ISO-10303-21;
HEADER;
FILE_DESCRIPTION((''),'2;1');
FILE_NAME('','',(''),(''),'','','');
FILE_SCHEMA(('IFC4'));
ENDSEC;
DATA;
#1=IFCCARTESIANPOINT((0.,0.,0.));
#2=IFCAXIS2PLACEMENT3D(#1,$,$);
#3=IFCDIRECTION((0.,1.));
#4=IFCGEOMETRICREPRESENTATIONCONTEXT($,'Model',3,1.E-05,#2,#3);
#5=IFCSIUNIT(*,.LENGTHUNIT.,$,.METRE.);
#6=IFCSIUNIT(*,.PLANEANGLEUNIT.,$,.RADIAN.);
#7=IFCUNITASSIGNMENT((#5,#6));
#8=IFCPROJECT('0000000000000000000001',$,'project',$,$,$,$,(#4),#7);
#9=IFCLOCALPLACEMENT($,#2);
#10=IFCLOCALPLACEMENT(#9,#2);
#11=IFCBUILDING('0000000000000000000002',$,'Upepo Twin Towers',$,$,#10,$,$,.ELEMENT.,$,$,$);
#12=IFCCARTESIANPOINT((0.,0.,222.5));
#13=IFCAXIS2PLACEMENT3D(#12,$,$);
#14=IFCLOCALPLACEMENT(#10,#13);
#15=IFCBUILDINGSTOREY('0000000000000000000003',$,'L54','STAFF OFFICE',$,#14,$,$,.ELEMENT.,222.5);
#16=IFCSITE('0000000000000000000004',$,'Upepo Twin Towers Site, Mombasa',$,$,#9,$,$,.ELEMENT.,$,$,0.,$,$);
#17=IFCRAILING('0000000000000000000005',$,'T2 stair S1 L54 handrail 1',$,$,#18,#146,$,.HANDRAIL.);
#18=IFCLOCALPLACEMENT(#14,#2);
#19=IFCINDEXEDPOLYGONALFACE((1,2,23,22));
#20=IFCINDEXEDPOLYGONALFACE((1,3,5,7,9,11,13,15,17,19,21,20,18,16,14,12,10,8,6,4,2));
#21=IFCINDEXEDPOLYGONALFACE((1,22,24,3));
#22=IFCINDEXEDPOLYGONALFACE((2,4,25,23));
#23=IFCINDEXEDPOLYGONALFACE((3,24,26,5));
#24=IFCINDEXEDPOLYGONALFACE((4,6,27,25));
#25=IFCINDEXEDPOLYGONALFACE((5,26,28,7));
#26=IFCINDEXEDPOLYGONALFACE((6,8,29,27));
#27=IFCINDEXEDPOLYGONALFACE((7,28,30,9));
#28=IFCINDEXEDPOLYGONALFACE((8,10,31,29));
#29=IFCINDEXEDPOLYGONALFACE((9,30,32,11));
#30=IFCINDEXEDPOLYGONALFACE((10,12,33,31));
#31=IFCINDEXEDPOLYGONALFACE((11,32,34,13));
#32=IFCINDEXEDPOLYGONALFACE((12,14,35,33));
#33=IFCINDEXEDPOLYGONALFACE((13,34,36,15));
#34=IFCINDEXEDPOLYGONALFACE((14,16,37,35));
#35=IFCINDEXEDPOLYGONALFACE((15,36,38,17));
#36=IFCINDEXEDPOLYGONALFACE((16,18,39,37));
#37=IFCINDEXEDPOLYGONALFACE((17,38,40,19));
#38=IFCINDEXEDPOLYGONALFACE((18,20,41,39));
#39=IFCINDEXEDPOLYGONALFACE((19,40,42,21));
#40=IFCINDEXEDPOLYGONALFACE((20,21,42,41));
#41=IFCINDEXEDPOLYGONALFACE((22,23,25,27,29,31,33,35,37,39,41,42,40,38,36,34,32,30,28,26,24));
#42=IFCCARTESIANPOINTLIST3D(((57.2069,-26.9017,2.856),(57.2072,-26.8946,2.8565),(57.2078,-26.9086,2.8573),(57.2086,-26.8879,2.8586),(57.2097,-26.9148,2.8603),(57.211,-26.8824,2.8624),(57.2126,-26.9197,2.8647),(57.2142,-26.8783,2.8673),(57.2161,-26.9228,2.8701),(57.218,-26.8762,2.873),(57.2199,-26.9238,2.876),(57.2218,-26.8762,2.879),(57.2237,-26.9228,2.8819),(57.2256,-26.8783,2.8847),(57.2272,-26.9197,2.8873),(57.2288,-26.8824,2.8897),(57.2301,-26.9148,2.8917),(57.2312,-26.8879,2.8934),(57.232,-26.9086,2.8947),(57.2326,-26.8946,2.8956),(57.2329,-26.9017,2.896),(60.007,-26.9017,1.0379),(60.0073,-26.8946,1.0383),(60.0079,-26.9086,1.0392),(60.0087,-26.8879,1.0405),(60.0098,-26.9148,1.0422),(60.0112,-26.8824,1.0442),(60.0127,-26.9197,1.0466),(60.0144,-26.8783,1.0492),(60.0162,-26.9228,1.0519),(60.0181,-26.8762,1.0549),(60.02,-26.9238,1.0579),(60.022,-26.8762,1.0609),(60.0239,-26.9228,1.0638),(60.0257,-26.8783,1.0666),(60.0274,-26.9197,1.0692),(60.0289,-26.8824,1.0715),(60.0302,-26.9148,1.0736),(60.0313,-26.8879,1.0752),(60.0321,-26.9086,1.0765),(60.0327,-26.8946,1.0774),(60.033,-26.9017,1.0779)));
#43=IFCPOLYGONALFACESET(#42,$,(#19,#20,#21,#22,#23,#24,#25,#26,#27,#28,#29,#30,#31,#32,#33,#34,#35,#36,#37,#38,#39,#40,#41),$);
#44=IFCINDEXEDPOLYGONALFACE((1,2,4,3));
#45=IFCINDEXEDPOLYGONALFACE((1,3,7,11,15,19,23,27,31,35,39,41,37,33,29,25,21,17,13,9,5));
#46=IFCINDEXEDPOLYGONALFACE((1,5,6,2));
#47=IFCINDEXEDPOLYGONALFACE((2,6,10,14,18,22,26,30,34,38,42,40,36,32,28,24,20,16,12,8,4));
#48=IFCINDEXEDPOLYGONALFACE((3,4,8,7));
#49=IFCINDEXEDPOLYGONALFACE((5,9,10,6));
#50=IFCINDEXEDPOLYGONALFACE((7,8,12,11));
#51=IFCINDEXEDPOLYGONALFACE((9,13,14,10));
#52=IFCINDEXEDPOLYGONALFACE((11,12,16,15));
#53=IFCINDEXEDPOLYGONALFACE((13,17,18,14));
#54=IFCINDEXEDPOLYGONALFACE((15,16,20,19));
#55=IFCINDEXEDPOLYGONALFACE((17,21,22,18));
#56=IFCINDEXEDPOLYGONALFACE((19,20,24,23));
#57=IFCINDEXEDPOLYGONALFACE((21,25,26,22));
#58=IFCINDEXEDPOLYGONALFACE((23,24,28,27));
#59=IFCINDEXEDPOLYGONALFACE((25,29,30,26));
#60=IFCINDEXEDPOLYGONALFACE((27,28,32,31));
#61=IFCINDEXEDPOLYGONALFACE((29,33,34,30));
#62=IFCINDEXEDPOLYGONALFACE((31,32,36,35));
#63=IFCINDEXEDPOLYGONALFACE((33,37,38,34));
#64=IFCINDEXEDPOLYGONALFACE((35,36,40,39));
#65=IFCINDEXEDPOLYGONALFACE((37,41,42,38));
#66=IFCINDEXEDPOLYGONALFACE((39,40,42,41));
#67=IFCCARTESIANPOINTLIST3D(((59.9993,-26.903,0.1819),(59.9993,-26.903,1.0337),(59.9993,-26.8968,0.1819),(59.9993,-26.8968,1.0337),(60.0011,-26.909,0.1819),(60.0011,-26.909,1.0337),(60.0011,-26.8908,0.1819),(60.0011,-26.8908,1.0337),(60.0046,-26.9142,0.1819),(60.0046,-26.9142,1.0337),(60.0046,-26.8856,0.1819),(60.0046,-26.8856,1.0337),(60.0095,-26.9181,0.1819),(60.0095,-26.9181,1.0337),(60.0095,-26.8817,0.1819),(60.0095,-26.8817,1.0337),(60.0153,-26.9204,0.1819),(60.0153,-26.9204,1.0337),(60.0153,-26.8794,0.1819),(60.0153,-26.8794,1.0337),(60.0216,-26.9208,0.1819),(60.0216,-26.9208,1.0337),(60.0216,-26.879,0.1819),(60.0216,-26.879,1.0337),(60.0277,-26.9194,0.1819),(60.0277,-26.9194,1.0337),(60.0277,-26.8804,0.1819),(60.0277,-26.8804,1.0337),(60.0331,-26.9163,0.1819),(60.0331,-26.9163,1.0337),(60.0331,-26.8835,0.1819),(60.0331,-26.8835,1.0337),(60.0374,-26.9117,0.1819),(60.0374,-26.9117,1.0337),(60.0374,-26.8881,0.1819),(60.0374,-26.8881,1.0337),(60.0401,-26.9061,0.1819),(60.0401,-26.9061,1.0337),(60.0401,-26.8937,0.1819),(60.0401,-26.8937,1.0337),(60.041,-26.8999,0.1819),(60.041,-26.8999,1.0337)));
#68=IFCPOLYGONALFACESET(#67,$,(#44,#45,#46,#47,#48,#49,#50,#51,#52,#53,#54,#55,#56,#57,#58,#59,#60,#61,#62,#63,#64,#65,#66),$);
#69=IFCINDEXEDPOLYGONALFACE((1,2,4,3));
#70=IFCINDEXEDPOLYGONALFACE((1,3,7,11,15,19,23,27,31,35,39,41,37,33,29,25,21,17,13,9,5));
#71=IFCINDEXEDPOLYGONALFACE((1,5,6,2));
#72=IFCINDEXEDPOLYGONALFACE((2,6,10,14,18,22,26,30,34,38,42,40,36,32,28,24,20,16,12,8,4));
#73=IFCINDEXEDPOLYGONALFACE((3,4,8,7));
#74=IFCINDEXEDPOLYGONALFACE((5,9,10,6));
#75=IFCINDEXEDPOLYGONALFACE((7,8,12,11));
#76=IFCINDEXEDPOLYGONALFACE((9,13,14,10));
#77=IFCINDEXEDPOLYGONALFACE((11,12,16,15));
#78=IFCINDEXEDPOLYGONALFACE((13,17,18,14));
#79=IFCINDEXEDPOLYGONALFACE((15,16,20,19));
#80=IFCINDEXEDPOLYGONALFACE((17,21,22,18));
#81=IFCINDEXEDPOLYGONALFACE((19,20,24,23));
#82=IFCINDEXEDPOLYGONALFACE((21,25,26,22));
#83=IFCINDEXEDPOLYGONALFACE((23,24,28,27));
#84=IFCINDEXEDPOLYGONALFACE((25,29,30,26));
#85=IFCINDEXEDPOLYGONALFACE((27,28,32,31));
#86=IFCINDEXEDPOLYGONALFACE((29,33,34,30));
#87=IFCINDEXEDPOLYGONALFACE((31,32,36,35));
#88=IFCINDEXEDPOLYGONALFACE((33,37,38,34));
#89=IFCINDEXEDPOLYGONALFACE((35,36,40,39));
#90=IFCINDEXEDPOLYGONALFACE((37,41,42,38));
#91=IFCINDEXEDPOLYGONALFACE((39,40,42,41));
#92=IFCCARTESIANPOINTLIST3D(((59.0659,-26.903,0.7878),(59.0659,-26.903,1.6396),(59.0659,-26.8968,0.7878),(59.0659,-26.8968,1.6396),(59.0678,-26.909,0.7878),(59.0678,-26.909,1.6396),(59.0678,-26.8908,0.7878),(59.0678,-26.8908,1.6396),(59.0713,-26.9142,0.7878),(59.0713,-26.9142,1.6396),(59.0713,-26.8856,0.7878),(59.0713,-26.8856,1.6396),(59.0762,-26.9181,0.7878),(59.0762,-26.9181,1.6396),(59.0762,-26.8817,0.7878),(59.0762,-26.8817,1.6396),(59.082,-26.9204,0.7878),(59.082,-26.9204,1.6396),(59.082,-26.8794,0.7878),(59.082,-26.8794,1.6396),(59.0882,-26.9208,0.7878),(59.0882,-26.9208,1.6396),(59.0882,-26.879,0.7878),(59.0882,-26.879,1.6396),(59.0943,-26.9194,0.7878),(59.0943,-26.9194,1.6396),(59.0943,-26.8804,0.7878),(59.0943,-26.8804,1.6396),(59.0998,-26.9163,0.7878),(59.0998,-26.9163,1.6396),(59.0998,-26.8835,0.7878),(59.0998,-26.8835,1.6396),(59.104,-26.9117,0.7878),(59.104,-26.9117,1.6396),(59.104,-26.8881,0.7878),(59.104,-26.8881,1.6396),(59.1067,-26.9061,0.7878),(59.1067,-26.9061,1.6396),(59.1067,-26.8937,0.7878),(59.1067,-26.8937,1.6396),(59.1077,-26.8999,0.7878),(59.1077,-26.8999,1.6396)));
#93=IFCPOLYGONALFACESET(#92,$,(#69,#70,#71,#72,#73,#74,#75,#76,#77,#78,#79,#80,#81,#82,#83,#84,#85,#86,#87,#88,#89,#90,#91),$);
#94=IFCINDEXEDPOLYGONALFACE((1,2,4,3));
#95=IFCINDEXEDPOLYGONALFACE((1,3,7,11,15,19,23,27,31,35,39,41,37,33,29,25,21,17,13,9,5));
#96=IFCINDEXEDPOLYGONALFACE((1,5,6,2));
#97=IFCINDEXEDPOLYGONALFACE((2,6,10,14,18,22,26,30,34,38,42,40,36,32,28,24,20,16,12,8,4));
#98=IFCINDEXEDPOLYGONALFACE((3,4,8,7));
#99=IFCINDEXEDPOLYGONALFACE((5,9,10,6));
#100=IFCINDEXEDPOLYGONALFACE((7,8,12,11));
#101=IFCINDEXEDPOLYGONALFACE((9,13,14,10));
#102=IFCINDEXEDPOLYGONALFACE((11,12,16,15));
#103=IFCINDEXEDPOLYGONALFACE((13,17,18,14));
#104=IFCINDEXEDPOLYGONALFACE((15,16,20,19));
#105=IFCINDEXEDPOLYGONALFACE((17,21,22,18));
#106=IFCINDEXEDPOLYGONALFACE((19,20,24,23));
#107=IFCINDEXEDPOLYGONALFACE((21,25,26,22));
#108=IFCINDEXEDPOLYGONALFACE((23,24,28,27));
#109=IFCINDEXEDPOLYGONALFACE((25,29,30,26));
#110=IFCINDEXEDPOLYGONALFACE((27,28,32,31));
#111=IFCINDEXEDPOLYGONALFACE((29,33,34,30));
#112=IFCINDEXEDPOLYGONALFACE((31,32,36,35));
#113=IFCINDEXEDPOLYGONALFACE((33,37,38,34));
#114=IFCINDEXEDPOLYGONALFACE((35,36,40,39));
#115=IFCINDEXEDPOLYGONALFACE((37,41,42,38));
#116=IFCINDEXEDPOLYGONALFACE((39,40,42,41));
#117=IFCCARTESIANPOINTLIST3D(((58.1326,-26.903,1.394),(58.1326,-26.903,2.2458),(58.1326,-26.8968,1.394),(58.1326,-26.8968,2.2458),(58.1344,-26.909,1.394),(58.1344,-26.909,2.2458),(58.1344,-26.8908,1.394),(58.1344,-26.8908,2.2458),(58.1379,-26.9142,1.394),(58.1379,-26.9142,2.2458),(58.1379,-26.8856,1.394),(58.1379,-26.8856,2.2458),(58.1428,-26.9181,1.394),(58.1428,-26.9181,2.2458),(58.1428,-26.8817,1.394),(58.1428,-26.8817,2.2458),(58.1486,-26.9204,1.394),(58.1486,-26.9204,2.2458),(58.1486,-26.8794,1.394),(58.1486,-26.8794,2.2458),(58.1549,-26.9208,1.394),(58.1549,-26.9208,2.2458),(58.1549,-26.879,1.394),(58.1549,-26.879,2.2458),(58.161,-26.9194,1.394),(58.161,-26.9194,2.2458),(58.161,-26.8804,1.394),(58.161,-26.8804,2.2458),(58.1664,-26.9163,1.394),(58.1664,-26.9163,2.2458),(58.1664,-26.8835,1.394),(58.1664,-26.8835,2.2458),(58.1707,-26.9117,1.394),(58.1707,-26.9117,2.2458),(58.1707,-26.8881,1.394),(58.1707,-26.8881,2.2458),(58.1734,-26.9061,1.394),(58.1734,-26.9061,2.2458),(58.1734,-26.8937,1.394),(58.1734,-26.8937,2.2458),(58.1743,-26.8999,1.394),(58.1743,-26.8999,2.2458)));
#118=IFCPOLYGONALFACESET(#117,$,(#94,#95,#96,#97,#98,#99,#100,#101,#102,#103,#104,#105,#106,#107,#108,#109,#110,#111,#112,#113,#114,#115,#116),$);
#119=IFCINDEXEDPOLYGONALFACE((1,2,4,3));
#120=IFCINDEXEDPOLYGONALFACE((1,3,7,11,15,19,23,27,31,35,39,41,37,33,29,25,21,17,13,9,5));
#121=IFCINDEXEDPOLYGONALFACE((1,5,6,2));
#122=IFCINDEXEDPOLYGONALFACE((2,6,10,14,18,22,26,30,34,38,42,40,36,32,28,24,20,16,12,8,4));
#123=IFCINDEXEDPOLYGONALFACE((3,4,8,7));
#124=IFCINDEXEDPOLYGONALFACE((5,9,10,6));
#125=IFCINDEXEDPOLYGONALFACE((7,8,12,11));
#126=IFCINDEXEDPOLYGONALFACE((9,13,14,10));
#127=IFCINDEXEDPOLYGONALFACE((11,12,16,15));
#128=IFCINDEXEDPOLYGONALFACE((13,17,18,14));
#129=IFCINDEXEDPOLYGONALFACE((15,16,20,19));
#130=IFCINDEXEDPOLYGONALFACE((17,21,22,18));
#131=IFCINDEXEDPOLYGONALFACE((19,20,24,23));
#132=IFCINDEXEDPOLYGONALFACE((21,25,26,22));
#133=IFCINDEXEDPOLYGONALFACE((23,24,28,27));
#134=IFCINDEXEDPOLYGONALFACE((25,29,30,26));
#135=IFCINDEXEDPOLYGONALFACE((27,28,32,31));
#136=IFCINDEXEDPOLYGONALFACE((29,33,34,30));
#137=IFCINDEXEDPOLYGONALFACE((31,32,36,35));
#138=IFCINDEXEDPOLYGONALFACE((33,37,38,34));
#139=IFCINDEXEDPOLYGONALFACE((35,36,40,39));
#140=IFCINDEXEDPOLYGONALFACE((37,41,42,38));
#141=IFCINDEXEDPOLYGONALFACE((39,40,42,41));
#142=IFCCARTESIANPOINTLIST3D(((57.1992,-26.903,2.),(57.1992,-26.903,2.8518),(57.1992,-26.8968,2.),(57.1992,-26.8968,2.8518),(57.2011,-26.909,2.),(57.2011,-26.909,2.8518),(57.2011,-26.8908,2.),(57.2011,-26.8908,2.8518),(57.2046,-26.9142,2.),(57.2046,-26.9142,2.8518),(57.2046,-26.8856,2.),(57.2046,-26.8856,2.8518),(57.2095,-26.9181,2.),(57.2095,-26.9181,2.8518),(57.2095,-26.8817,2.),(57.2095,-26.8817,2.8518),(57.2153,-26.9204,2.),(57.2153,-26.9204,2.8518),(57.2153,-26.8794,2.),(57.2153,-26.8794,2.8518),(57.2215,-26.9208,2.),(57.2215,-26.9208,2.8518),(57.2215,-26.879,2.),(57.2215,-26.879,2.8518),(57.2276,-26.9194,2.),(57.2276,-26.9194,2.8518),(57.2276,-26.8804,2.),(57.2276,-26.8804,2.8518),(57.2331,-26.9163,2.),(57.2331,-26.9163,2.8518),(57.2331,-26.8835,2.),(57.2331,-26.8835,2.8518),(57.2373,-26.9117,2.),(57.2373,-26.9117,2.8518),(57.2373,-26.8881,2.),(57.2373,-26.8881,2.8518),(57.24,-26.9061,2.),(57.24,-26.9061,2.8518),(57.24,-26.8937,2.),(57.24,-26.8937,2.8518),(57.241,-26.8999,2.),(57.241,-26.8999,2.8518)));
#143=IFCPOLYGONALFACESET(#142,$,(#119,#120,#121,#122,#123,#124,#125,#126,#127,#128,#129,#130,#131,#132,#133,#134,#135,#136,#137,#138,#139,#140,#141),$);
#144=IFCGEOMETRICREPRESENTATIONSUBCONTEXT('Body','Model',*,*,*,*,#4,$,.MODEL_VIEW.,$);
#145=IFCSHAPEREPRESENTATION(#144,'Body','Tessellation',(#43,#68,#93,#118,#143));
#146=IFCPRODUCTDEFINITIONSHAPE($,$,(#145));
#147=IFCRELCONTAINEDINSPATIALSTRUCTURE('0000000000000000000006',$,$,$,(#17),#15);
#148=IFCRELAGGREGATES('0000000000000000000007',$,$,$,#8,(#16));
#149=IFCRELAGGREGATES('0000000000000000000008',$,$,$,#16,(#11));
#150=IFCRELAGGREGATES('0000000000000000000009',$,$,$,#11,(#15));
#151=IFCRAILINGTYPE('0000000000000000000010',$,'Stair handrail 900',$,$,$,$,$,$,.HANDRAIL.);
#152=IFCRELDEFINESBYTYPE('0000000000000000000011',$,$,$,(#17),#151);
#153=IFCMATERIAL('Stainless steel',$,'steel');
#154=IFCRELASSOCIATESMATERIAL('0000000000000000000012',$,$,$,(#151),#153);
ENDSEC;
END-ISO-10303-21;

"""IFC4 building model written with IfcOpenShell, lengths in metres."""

from ifc_helpers import new_model, si_unit, direction, frame, origin, origin_2d, place, context, subcontext, project, spatial, circle, extrude, material, type_object, element, save


model = new_model("IFC4")

# Units and contexts
model_context = context("Model", 3, precision=1e-05, world=origin(), true_north=direction((0.0, 1.0)))
body_context = subcontext(model_context, "Body", "Model", "MODEL_VIEW")
ifc_project = project(units=[si_unit("LENGTHUNIT", "METRE"), si_unit("PLANEANGLEUNIT", "RADIAN")], contexts=[model_context])

# Site, building, storey
site_placement = place(None, origin())
site = spatial("IfcSite", under=ifc_project, at=site_placement, Name="Upepo Twin Towers Site, Mombasa", CompositionType="ELEMENT", RefElevation=0.0)
building_placement = place(site_placement, origin())
building = spatial("IfcBuilding", under=site, at=building_placement, Name="Upepo Twin Towers", CompositionType="ELEMENT")
storey_placement = place(building_placement, frame((0.0, 0.0, 222.5)))
storey = spatial("IfcBuildingStorey", under=building, at=storey_placement, Name="L54", Description="STAFF OFFICE", CompositionType="ELEMENT", Elevation=222.5)

# Railing
ifc_material_1 = material(Name="Stainless steel", Category="steel")
railing_type = type_object("IfcRailingType", Name="Stair handrail 900", PredefinedType="HANDRAIL", material=ifc_material_1)
railing_1_placement = place(storey_placement, frame((60.02, -26.8999, 0.1819)))
element("IfcRailing", 1, at=railing_1_placement, inside=storey, type_object=railing_type, Name="T2 stair S1 L54 handrail 1", PredefinedType="HANDRAIL", context=body_context, shape_type="SweptSolid", body=[
    extrude(circle(Radius=0.0239, at=origin_2d()), frame((0.0, 0.0, 0.876), z_axis=(-0.838706, 0.0, 0.544585), x_axis=(0.0, -1.0, 0.0)), (0.0, 0.0, 1.0), 3.3386),
    extrude(circle(Radius=0.021, at=origin_2d()), origin(), (0.0, 0.0, 1.0), 0.8518),
    extrude(circle(Radius=0.021, at=origin_2d()), frame((-0.9333, 0.0, 0.606)), (0.0, 0.0, 1.0), 0.8518),
    extrude(circle(Radius=0.021, at=origin_2d()), frame((-1.8667, 0.0, 1.2122)), (0.0, 0.0, 1.0), 0.8518),
    extrude(circle(Radius=0.021, at=origin_2d()), frame((-2.8, 0.0, 1.8181)), (0.0, 0.0, 1.0), 0.8518),
])

save(model, "model.ifc")
